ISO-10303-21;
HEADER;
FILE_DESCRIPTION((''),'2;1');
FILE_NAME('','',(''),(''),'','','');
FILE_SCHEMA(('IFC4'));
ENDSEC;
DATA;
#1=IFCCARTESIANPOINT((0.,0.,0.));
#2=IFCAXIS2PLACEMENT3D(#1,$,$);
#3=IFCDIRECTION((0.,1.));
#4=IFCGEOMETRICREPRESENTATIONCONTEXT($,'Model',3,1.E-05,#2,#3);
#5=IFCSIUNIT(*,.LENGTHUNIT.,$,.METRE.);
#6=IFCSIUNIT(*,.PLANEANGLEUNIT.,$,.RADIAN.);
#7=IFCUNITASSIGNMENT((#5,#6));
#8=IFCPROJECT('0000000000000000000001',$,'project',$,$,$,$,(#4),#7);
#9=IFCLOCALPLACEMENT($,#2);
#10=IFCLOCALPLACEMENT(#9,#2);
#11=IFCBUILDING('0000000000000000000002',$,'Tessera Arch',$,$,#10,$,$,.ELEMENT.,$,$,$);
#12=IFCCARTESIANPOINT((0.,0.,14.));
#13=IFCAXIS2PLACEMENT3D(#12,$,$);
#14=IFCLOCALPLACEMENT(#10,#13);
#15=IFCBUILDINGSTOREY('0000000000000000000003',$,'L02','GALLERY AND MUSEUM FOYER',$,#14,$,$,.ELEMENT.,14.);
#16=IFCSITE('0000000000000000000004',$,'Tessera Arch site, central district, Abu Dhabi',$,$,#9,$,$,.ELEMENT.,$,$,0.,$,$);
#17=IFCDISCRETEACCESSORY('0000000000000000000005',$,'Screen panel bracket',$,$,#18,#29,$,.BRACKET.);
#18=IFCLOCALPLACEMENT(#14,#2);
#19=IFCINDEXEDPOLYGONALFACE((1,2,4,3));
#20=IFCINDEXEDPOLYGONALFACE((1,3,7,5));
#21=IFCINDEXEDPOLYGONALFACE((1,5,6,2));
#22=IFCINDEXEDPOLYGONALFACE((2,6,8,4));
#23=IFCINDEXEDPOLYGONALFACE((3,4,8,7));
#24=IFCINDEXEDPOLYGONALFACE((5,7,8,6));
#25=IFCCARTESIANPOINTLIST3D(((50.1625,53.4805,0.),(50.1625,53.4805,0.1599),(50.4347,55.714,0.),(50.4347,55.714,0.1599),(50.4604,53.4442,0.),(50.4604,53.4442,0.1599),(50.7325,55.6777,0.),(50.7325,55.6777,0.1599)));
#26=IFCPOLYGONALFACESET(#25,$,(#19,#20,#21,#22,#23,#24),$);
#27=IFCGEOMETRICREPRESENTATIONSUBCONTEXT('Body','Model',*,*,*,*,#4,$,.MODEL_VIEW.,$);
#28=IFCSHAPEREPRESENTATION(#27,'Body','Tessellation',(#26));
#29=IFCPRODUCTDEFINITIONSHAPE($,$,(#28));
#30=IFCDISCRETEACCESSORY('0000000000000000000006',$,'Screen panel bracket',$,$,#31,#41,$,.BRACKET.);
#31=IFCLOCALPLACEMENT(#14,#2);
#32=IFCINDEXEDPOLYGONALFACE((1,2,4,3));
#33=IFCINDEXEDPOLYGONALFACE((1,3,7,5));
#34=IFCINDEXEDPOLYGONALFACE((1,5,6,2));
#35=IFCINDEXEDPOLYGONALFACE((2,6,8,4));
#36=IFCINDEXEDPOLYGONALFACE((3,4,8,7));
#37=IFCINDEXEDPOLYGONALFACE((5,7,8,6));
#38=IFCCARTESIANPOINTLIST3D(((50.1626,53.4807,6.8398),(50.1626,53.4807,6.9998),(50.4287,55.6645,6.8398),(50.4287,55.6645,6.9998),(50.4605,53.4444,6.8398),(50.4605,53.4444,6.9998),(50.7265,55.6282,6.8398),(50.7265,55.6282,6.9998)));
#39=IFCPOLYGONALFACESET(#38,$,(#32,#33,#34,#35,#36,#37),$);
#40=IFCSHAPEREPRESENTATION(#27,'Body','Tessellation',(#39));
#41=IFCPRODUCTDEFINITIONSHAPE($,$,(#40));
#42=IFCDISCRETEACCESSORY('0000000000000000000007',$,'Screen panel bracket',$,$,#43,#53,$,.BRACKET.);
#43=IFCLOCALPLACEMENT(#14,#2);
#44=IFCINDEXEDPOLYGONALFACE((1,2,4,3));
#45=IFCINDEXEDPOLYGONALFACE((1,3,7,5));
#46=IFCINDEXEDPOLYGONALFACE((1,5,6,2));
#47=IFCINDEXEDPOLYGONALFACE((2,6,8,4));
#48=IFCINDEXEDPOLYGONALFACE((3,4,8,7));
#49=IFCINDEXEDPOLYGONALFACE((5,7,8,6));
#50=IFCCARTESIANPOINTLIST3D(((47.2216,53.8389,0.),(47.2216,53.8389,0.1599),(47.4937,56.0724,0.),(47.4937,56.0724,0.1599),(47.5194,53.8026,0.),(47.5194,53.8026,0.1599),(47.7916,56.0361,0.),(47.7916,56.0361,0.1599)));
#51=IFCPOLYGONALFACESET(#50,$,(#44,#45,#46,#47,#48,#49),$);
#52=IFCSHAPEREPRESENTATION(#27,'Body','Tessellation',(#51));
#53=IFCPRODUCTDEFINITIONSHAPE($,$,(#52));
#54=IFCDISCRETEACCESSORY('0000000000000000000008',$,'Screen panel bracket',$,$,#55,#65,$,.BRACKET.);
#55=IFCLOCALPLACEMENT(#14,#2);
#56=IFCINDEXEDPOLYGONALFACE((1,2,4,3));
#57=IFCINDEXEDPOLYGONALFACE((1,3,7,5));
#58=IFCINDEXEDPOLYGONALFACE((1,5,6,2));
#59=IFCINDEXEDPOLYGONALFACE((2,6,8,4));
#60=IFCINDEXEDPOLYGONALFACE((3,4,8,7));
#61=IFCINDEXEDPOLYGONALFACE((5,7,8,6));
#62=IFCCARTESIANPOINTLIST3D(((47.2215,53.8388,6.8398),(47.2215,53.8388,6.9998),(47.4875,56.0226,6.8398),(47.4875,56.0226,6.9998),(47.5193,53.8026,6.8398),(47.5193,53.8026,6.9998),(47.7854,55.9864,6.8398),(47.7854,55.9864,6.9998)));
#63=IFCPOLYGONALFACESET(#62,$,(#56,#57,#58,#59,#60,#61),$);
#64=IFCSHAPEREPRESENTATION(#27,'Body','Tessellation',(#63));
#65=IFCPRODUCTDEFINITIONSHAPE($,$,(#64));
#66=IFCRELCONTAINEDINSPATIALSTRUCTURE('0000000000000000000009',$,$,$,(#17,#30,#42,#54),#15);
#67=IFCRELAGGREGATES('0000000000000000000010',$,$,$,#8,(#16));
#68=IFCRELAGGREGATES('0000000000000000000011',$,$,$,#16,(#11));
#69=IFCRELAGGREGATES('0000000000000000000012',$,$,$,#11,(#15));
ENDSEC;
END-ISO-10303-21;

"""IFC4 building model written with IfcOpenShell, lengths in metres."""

from ifc_helpers import new_model, si_unit, direction, frame, origin, origin_2d, place, context, subcontext, project, spatial, rectangle, extrude, element, save


model = new_model("IFC4")

# Units and contexts
model_context = context("Model", 3, precision=1e-05, world=origin(), true_north=direction((0.0, 1.0)))
body_context = subcontext(model_context, "Body", "Model", "MODEL_VIEW")
ifc_project = project(units=[si_unit("LENGTHUNIT", "METRE"), si_unit("PLANEANGLEUNIT", "RADIAN")], contexts=[model_context])

# Site, building, storey
site_placement = place(None, origin())
site = spatial("IfcSite", under=ifc_project, at=site_placement, Name="Tessera Arch site, central district, Abu Dhabi", CompositionType="ELEMENT", RefElevation=0.0)
building_placement = place(site_placement, origin())
building = spatial("IfcBuilding", under=site, at=building_placement, Name="Tessera Arch", CompositionType="ELEMENT")
storey_placement = place(building_placement, frame((0.0, 0.0, 14.0)))
storey = spatial("IfcBuildingStorey", under=building, at=storey_placement, Name="L02", Description="GALLERY AND MUSEUM FOYER", CompositionType="ELEMENT", Elevation=14.0)

# Discrete accessories
discrete_accessory_1_placement = place(storey_placement, frame((50.4475, 54.5791, 0.0), z_axis=(0.0, 0.0, 1.0), x_axis=(0.120951, 0.992658, 0.0)))
element("IfcDiscreteAccessory", 1, at=discrete_accessory_1_placement, inside=storey, Name="Screen panel bracket", PredefinedType="BRACKET", context=body_context, shape_type="SweptSolid", body=[
    extrude(rectangle(XDim=2.25, YDim=0.3, at=origin_2d()), origin(), (0.0, 0.0, 1.0), 0.1599),
])
discrete_accessory_2_placement = place(storey_placement, frame((50.4446, 54.5544, 6.8398), z_axis=(0.0, 0.0, 1.0), x_axis=(0.120951, 0.992658, 0.0)))
element("IfcDiscreteAccessory", 2, at=discrete_accessory_2_placement, inside=storey, Name="Screen panel bracket", PredefinedType="BRACKET", context=body_context, shape_type="SweptSolid", body=[
    extrude(rectangle(XDim=2.2, YDim=0.3, at=origin_2d()), origin(), (0.0, 0.0, 1.0), 0.1599),
])
discrete_accessory_3_placement = place(storey_placement, frame((47.5066, 54.9375, 0.0), z_axis=(0.0, 0.0, 1.0), x_axis=(0.120951, 0.992658, 0.0)))
element("IfcDiscreteAccessory", 3, at=discrete_accessory_3_placement, inside=storey, Name="Screen panel bracket", PredefinedType="BRACKET", context=body_context, shape_type="SweptSolid", body=[
    extrude(rectangle(XDim=2.25, YDim=0.3, at=origin_2d()), origin(), (0.0, 0.0, 1.0), 0.1599),
])
discrete_accessory_4_placement = place(storey_placement, frame((47.5034, 54.9126, 6.8398), z_axis=(0.0, 0.0, 1.0), x_axis=(0.120951, 0.992658, 0.0)))
element("IfcDiscreteAccessory", 4, at=discrete_accessory_4_placement, inside=storey, Name="Screen panel bracket", PredefinedType="BRACKET", context=body_context, shape_type="SweptSolid", body=[
    extrude(rectangle(XDim=2.2, YDim=0.3, at=origin_2d()), origin(), (0.0, 0.0, 1.0), 0.1599),
])

save(model, "model.ifc")
